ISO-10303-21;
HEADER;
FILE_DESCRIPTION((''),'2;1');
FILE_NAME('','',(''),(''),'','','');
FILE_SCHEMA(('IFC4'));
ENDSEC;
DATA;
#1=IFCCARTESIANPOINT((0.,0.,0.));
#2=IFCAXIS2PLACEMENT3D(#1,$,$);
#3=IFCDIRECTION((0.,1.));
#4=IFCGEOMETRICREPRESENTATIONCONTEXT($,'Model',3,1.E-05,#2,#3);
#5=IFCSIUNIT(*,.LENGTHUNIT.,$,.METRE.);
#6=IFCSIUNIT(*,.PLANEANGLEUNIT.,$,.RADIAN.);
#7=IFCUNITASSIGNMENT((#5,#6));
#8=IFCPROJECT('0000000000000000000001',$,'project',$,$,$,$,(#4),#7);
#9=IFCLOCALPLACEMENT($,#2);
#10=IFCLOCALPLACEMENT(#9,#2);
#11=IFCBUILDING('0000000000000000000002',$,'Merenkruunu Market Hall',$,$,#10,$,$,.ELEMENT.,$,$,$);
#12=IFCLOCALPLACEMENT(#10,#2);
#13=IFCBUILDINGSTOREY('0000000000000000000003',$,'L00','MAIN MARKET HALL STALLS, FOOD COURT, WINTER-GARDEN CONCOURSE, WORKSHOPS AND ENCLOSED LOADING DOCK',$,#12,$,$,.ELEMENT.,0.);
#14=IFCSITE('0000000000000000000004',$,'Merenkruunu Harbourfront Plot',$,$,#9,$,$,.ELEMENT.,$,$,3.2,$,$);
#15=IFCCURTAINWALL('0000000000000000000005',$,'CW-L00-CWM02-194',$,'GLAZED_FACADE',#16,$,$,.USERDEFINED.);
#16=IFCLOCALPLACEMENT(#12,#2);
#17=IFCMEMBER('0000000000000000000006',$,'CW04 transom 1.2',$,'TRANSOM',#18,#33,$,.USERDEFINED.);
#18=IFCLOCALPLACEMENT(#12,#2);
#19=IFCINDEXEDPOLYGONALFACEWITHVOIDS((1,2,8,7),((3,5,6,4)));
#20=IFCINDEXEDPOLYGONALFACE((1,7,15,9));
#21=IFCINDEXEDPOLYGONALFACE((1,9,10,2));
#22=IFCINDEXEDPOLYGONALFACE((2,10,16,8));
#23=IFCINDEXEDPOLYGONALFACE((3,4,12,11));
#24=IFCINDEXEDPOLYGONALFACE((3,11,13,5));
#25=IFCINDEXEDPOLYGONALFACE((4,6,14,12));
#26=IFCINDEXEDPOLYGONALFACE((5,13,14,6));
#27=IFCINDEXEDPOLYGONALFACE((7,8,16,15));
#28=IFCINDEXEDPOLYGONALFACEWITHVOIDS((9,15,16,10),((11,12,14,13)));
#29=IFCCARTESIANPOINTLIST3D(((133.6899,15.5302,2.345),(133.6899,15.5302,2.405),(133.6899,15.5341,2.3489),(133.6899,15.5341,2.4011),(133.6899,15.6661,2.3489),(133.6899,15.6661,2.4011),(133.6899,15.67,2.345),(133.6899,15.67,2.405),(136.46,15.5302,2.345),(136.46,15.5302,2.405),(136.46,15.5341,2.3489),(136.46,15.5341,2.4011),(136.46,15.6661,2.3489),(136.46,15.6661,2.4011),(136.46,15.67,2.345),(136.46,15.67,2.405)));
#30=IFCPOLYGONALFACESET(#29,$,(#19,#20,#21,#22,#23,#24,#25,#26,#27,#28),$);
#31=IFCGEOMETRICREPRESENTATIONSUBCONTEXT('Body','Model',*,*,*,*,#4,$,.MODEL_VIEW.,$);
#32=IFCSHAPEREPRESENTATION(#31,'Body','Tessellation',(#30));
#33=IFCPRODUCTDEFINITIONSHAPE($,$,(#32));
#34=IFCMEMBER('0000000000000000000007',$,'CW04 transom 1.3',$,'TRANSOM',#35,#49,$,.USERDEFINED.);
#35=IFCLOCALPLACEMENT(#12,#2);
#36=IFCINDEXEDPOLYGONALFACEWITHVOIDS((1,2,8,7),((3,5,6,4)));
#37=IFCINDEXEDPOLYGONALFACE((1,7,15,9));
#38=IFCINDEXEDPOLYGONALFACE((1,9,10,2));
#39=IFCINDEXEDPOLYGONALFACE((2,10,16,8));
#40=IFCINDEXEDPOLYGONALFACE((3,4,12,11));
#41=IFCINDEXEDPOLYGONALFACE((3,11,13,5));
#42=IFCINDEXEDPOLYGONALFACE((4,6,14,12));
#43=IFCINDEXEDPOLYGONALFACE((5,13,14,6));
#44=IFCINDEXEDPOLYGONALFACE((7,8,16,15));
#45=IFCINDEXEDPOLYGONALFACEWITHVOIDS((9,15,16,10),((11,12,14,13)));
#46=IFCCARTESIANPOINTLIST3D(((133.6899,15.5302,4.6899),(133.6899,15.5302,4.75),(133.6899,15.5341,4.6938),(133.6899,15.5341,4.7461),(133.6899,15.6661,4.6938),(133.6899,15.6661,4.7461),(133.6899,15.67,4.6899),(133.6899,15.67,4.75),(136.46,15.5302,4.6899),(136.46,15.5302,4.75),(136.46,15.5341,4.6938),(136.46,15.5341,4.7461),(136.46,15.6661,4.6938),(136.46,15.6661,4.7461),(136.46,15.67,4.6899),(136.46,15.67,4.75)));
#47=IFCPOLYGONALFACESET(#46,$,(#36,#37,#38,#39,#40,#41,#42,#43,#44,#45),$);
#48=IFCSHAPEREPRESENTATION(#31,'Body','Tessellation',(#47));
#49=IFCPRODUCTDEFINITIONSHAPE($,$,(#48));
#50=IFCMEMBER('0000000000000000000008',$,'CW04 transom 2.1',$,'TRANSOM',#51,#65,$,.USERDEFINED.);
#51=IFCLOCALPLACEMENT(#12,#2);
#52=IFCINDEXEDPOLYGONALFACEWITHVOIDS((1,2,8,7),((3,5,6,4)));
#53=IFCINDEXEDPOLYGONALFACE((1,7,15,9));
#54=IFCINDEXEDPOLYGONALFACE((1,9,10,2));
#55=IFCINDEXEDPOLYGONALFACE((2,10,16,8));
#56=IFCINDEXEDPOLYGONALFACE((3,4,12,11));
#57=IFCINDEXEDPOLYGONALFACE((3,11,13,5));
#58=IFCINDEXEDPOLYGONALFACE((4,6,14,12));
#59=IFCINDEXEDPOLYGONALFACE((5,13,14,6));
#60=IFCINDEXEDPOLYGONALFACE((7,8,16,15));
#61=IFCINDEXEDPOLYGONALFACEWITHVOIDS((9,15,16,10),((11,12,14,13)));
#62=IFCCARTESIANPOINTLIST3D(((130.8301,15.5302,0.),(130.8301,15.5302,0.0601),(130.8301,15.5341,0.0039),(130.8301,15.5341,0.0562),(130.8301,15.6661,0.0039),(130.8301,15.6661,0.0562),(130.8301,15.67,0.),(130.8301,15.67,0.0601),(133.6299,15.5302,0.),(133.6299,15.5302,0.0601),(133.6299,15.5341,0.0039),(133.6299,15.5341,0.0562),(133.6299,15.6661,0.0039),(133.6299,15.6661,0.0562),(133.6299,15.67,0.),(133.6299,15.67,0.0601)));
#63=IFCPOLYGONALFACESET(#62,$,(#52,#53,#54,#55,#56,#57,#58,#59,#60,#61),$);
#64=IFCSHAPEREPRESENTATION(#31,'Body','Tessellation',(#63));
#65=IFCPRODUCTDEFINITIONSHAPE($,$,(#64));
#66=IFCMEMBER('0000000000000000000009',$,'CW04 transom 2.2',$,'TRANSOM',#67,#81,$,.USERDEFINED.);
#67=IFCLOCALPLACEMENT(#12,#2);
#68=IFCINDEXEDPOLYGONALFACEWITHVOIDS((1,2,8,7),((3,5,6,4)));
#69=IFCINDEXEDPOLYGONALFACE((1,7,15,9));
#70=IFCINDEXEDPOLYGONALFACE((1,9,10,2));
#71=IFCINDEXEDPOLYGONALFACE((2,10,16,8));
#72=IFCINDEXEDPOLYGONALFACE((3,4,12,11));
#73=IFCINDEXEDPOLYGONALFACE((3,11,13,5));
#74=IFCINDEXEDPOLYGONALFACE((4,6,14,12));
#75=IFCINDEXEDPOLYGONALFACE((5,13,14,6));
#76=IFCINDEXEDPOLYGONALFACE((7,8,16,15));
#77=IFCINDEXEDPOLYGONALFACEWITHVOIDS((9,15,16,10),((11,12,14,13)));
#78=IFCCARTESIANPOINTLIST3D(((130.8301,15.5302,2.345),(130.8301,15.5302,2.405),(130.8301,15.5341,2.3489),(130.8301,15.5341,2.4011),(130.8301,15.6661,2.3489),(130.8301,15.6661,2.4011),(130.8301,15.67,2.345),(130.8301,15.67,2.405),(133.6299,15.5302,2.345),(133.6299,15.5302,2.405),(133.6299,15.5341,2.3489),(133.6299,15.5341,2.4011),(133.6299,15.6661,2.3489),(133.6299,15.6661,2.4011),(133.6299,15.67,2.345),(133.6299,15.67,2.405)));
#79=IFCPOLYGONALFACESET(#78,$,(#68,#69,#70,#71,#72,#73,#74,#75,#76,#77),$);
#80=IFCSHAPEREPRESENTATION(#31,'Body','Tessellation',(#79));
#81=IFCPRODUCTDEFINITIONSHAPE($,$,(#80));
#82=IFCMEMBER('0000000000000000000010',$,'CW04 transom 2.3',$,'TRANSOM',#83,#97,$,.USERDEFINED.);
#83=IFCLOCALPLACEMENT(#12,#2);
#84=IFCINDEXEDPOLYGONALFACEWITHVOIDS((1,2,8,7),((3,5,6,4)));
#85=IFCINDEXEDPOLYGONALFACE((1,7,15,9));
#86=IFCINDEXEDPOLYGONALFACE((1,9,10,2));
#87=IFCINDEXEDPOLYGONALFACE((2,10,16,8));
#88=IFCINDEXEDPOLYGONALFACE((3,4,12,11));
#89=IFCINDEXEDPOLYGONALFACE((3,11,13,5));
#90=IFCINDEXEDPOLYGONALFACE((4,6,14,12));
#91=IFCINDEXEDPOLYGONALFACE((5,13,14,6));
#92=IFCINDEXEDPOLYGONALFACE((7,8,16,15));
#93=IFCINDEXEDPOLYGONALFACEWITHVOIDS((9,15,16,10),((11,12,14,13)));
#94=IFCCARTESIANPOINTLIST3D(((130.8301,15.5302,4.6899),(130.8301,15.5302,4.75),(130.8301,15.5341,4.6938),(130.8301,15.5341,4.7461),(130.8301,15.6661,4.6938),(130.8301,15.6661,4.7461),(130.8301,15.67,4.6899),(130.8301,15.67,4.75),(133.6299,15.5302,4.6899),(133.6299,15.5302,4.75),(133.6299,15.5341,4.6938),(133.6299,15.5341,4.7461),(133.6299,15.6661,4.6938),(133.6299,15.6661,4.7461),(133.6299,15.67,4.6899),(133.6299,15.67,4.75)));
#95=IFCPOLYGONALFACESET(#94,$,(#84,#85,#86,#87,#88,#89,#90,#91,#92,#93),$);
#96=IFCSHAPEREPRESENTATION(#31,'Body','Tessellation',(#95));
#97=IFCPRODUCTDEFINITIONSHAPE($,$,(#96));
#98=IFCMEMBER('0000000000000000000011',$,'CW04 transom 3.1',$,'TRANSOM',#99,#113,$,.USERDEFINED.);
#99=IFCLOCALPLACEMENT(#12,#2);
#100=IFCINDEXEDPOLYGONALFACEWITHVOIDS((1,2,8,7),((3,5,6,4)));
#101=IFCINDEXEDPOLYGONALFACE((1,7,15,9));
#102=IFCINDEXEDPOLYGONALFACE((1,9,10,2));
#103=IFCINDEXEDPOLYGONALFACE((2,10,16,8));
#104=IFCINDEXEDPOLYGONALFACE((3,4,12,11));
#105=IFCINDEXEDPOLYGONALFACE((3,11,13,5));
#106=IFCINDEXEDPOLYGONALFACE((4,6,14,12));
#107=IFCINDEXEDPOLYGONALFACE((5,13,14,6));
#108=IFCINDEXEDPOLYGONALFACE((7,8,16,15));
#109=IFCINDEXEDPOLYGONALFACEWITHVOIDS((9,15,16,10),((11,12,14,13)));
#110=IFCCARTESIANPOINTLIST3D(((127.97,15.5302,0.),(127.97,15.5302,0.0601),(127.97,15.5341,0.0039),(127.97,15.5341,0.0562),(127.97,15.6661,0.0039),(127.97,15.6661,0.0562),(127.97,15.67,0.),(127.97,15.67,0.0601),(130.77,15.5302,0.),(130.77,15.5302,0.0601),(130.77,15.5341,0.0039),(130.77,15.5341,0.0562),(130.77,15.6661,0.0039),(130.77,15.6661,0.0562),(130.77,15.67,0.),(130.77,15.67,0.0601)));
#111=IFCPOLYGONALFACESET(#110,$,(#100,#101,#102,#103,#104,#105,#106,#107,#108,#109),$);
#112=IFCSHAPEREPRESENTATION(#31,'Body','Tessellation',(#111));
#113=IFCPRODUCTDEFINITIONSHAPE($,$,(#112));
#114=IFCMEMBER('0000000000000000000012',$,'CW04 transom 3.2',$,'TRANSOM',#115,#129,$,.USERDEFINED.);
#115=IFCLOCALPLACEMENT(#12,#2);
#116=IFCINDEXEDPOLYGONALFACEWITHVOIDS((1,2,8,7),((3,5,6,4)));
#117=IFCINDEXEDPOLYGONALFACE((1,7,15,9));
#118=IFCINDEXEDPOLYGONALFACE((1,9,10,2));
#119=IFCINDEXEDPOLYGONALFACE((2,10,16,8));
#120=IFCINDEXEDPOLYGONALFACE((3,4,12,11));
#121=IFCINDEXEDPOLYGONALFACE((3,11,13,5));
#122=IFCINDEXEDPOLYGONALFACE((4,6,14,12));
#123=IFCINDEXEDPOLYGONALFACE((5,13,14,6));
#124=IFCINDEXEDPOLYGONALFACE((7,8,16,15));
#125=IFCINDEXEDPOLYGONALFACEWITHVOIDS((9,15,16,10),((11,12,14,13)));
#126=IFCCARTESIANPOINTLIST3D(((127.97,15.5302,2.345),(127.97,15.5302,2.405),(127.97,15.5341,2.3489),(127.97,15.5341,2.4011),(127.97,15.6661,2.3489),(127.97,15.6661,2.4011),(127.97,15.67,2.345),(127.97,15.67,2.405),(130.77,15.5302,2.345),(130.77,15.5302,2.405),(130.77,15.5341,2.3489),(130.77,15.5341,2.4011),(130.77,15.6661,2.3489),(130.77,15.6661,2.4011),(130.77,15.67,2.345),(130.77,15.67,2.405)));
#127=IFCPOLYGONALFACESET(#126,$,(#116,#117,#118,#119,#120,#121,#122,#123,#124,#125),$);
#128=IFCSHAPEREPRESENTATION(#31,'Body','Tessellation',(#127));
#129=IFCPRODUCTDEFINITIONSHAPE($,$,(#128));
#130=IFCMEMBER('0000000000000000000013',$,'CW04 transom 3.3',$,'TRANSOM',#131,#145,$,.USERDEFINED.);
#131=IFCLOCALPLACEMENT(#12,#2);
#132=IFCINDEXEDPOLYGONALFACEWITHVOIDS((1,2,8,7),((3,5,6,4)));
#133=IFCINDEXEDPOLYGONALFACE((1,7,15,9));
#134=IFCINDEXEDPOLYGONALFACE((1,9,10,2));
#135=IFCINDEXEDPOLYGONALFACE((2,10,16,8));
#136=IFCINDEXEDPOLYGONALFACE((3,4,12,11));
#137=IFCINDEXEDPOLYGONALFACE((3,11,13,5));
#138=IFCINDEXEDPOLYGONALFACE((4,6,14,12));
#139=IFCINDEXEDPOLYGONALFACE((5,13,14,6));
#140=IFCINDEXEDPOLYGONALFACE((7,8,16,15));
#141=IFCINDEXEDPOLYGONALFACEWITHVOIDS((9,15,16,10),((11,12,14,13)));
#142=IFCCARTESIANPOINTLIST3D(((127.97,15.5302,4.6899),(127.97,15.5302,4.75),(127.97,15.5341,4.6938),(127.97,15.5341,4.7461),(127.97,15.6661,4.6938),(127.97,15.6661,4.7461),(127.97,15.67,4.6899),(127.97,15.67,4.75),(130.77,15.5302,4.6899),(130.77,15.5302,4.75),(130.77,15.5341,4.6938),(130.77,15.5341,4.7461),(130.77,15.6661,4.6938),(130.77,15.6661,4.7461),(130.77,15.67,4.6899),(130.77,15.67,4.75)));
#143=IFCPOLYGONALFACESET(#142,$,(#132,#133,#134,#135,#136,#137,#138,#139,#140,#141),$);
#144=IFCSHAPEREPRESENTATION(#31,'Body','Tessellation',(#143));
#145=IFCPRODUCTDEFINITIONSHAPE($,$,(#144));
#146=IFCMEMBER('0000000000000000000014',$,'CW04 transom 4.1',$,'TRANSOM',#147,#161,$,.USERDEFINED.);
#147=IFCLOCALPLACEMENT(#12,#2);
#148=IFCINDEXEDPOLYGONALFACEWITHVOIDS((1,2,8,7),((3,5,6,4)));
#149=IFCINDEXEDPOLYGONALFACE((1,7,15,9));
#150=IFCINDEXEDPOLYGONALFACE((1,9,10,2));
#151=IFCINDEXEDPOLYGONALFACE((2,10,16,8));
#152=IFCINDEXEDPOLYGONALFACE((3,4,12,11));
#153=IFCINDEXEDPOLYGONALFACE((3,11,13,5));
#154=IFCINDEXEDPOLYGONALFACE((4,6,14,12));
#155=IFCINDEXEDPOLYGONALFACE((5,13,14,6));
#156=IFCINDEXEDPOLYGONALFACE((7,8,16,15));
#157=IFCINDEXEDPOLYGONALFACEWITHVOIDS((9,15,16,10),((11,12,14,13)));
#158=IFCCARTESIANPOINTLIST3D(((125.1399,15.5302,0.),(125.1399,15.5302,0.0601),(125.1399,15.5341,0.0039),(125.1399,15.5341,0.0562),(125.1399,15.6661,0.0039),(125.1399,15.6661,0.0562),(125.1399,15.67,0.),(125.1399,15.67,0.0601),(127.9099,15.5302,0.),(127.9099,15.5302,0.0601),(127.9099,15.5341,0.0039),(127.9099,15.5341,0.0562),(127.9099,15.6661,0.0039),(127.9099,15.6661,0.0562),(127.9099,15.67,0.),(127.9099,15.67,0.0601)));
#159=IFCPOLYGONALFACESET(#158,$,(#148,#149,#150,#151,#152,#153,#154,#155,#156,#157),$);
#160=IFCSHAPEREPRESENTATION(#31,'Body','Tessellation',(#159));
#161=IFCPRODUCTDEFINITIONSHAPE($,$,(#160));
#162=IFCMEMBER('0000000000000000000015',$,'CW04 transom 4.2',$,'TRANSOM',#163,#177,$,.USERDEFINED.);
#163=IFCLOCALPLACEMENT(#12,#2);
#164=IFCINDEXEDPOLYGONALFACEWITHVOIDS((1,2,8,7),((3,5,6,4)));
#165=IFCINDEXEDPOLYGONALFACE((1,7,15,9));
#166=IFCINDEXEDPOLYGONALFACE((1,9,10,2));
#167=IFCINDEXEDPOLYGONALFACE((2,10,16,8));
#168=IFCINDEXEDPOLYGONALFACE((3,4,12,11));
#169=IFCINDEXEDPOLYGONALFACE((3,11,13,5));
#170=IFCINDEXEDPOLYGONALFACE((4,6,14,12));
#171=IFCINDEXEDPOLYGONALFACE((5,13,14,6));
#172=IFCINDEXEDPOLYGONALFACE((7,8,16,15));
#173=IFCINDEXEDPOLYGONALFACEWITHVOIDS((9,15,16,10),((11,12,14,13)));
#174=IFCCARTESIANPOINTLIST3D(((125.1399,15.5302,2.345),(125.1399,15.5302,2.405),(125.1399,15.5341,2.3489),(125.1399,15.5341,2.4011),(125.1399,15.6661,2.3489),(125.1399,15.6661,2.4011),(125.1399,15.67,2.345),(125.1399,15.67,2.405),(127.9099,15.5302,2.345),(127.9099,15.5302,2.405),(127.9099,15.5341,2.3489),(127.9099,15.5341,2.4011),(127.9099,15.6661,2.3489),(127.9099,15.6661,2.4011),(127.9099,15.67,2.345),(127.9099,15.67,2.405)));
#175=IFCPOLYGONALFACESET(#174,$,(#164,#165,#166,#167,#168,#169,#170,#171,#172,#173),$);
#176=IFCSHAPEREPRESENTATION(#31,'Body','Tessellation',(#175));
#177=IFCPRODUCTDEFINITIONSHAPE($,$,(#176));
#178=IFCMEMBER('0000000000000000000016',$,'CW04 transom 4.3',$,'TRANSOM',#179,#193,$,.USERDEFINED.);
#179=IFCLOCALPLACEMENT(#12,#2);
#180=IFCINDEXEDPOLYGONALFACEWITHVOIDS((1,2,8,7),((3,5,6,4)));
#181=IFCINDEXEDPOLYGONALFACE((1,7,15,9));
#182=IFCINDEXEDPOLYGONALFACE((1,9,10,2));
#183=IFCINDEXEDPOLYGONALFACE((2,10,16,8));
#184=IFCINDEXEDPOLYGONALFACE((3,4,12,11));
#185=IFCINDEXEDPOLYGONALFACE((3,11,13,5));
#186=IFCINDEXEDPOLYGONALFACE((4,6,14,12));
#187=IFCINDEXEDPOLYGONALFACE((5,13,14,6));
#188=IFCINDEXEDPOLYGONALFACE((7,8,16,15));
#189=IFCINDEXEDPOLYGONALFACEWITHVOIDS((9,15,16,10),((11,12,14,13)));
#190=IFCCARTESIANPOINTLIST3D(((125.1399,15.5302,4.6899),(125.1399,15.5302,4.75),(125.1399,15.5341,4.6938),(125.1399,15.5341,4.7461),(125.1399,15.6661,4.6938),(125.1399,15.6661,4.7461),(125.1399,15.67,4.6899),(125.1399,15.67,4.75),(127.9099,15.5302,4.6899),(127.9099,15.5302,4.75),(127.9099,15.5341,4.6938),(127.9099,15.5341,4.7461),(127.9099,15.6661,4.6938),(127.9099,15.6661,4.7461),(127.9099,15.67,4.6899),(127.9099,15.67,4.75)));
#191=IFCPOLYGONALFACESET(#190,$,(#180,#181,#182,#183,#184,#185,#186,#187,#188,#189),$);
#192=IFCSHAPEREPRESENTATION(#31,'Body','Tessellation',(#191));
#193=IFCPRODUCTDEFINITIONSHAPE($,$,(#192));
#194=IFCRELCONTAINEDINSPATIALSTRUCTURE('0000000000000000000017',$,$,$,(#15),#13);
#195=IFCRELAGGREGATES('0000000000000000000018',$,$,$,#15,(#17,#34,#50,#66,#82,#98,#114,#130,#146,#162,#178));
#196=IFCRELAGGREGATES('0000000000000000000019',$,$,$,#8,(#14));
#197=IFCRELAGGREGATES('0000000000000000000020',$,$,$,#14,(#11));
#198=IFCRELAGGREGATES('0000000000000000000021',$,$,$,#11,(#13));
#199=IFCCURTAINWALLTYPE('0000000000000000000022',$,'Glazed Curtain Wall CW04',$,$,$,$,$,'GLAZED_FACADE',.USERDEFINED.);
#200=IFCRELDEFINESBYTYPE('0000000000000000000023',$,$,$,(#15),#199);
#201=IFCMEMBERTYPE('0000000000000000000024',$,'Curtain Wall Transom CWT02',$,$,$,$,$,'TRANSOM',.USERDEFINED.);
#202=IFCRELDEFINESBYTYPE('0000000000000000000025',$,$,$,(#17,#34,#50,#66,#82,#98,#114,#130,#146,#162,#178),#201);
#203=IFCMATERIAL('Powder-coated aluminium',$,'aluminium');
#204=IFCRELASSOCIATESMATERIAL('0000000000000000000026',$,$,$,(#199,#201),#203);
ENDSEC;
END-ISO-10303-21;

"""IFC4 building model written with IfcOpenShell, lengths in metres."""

from ifc_helpers import new_model, si_unit, direction, frame, origin, origin_2d, place, context, subcontext, project, spatial, hollow_rectangle, extrude, material, material_profile, profile_set, type_object, element, aggregate, save


model = new_model("IFC4")

# Units and contexts
model_context = context("Model", 3, precision=1e-05, world=origin(), true_north=direction((0.0, 1.0)))
body_context = subcontext(model_context, "Body", "Model", "MODEL_VIEW")
ifc_project = project(units=[si_unit("LENGTHUNIT", "METRE"), si_unit("PLANEANGLEUNIT", "RADIAN")], contexts=[model_context])

# Site, building, storey
site_placement = place(None, origin())
site = spatial("IfcSite", under=ifc_project, at=site_placement, Name="Merenkruunu Harbourfront Plot", CompositionType="ELEMENT", RefElevation=3.2)
building_placement = place(site_placement, origin())
building = spatial("IfcBuilding", under=site, at=building_placement, Name="Merenkruunu Market Hall", CompositionType="ELEMENT")
storey_placement = place(building_placement, origin())
storey = spatial("IfcBuildingStorey", under=building, at=storey_placement, Name="L00", Description="MAIN MARKET HALL STALLS, FOOD COURT, WINTER-GARDEN CONCOURSE, WORKSHOPS AND ENCLOSED LOADING DOCK", CompositionType="ELEMENT", Elevation=0.0)

# Curtain wall, members
ifc_material_1 = material(Name="Powder-coated aluminium", Category="aluminium")
curtain_wall_type = type_object("IfcCurtainWallType", Name="Glazed Curtain Wall CW04", ElementType="GLAZED_FACADE", PredefinedType="USERDEFINED", material=ifc_material_1)
curtain_wall_placement = place(storey_placement, origin())
curtain_wall = element("IfcCurtainWall", 1, at=curtain_wall_placement, inside=storey, type_object=curtain_wall_type, Name="CW-L00-CWM02-194", ObjectType="GLAZED_FACADE", PredefinedType="USERDEFINED")
ifc_material_profile_1 = material_profile(ifc_material_1, hollow_rectangle(XDim=0.0601, YDim=0.1399, WallThickness=0.0039, at=origin_2d()), Name="ALU 60x140x4")
ifc_profile_set_1 = profile_set([ifc_material_profile_1], Name="Powder-coated aluminium")
member_type_1 = type_object("IfcMemberType", Name="Curtain Wall Transom CWT02", ElementType="TRANSOM", PredefinedType="USERDEFINED", material=ifc_profile_set_1)
member_1_placement = place(storey_placement, frame((136.46, 15.6001, 2.375), z_axis=(-1.0, 0.0, 0.0), x_axis=(0.0, 0.0, 1.0)))
member_1 = element("IfcMember", 2, at=member_1_placement, type_object=member_type_1, Name="CW04 transom 1.2", ObjectType="TRANSOM", PredefinedType="USERDEFINED", context=body_context, shape_type="SweptSolid", body=[
    extrude(hollow_rectangle(XDim=0.0601, YDim=0.1399, WallThickness=0.0039, at=origin_2d()), origin(), (0.0, 0.0, 1.0), 2.77),
])
member_2_placement = place(storey_placement, frame((136.46, 15.6001, 4.72), z_axis=(-1.0, 0.0, 0.0), x_axis=(0.0, 0.0, 1.0)))
member_2 = element("IfcMember", 3, at=member_2_placement, type_object=member_type_1, Name="CW04 transom 1.3", ObjectType="TRANSOM", PredefinedType="USERDEFINED", context=body_context, shape_type="SweptSolid", body=[
    extrude(hollow_rectangle(XDim=0.0601, YDim=0.1399, WallThickness=0.0039, at=origin_2d()), origin(), (0.0, 0.0, 1.0), 2.77),
])
member_3_placement = place(storey_placement, frame((133.6299, 15.6001, 0.03), z_axis=(-1.0, 0.0, 0.0), x_axis=(0.0, 0.0, 1.0)))
member_3 = element("IfcMember", 4, at=member_3_placement, type_object=member_type_1, Name="CW04 transom 2.1", ObjectType="TRANSOM", PredefinedType="USERDEFINED", context=body_context, shape_type="SweptSolid", body=[
    extrude(hollow_rectangle(XDim=0.0601, YDim=0.1399, WallThickness=0.0039, at=origin_2d()), origin(), (0.0, 0.0, 1.0), 2.7998),
])
member_4_placement = place(storey_placement, frame((133.6299, 15.6001, 2.375), z_axis=(-1.0, 0.0, 0.0), x_axis=(0.0, 0.0, 1.0)))
member_4 = element("IfcMember", 5, at=member_4_placement, type_object=member_type_1, Name="CW04 transom 2.2", ObjectType="TRANSOM", PredefinedType="USERDEFINED", context=body_context, shape_type="SweptSolid", body=[
    extrude(hollow_rectangle(XDim=0.0601, YDim=0.1399, WallThickness=0.0039, at=origin_2d()), origin(), (0.0, 0.0, 1.0), 2.7998),
])
member_5_placement = place(storey_placement, frame((133.6299, 15.6001, 4.72), z_axis=(-1.0, 0.0, 0.0), x_axis=(0.0, 0.0, 1.0)))
member_5 = element("IfcMember", 6, at=member_5_placement, type_object=member_type_1, Name="CW04 transom 2.3", ObjectType="TRANSOM", PredefinedType="USERDEFINED", context=body_context, shape_type="SweptSolid", body=[
    extrude(hollow_rectangle(XDim=0.0601, YDim=0.1399, WallThickness=0.0039, at=origin_2d()), origin(), (0.0, 0.0, 1.0), 2.7998),
])
member_6_placement = place(storey_placement, frame((130.77, 15.6001, 0.03), z_axis=(-1.0, 0.0, 0.0), x_axis=(0.0, 0.0, 1.0)))
member_6 = element("IfcMember", 7, at=member_6_placement, type_object=member_type_1, Name="CW04 transom 3.1", ObjectType="TRANSOM", PredefinedType="USERDEFINED", context=body_context, shape_type="SweptSolid", body=[
    extrude(hollow_rectangle(XDim=0.0601, YDim=0.1399, WallThickness=0.0039, at=origin_2d()), origin(), (0.0, 0.0, 1.0), 2.8),
])
member_7_placement = place(storey_placement, frame((130.77, 15.6001, 2.375), z_axis=(-1.0, 0.0, 0.0), x_axis=(0.0, 0.0, 1.0)))
member_7 = element("IfcMember", 8, at=member_7_placement, type_object=member_type_1, Name="CW04 transom 3.2", ObjectType="TRANSOM", PredefinedType="USERDEFINED", context=body_context, shape_type="SweptSolid", body=[
    extrude(hollow_rectangle(XDim=0.0601, YDim=0.1399, WallThickness=0.0039, at=origin_2d()), origin(), (0.0, 0.0, 1.0), 2.8),
])
member_8_placement = place(storey_placement, frame((130.77, 15.6001, 4.72), z_axis=(-1.0, 0.0, 0.0), x_axis=(0.0, 0.0, 1.0)))
member_8 = element("IfcMember", 9, at=member_8_placement, type_object=member_type_1, Name="CW04 transom 3.3", ObjectType="TRANSOM", PredefinedType="USERDEFINED", context=body_context, shape_type="SweptSolid", body=[
    extrude(hollow_rectangle(XDim=0.0601, YDim=0.1399, WallThickness=0.0039, at=origin_2d()), origin(), (0.0, 0.0, 1.0), 2.8),
])
member_9_placement = place(storey_placement, frame((127.9099, 15.6001, 0.03), z_axis=(-1.0, 0.0, 0.0), x_axis=(0.0, 0.0, 1.0)))
member_9 = element("IfcMember", 10, at=member_9_placement, type_object=member_type_1, Name="CW04 transom 4.1", ObjectType="TRANSOM", PredefinedType="USERDEFINED", context=body_context, shape_type="SweptSolid", body=[
    extrude(hollow_rectangle(XDim=0.0601, YDim=0.1399, WallThickness=0.0039, at=origin_2d()), origin(), (0.0, 0.0, 1.0), 2.77),
])
member_10_placement = place(storey_placement, frame((127.9099, 15.6001, 2.375), z_axis=(-1.0, 0.0, 0.0), x_axis=(0.0, 0.0, 1.0)))
member_10 = element("IfcMember", 11, at=member_10_placement, type_object=member_type_1, Name="CW04 transom 4.2", ObjectType="TRANSOM", PredefinedType="USERDEFINED", context=body_context, shape_type="SweptSolid", body=[
    extrude(hollow_rectangle(XDim=0.0601, YDim=0.1399, WallThickness=0.0039, at=origin_2d()), origin(), (0.0, 0.0, 1.0), 2.77),
])
member_11_placement = place(storey_placement, frame((127.9099, 15.6001, 4.72), z_axis=(-1.0, 0.0, 0.0), x_axis=(0.0, 0.0, 1.0)))
member_11 = element("IfcMember", 12, at=member_11_placement, type_object=member_type_1, Name="CW04 transom 4.3", ObjectType="TRANSOM", PredefinedType="USERDEFINED", context=body_context, shape_type="SweptSolid", body=[
    extrude(hollow_rectangle(XDim=0.0601, YDim=0.1399, WallThickness=0.0039, at=origin_2d()), origin(), (0.0, 0.0, 1.0), 2.77),
])

aggregate(curtain_wall, [member_1, member_2, member_3, member_4, member_5, member_6, member_7, member_8, member_9, member_10, member_11])

save(model, "model.ifc")
